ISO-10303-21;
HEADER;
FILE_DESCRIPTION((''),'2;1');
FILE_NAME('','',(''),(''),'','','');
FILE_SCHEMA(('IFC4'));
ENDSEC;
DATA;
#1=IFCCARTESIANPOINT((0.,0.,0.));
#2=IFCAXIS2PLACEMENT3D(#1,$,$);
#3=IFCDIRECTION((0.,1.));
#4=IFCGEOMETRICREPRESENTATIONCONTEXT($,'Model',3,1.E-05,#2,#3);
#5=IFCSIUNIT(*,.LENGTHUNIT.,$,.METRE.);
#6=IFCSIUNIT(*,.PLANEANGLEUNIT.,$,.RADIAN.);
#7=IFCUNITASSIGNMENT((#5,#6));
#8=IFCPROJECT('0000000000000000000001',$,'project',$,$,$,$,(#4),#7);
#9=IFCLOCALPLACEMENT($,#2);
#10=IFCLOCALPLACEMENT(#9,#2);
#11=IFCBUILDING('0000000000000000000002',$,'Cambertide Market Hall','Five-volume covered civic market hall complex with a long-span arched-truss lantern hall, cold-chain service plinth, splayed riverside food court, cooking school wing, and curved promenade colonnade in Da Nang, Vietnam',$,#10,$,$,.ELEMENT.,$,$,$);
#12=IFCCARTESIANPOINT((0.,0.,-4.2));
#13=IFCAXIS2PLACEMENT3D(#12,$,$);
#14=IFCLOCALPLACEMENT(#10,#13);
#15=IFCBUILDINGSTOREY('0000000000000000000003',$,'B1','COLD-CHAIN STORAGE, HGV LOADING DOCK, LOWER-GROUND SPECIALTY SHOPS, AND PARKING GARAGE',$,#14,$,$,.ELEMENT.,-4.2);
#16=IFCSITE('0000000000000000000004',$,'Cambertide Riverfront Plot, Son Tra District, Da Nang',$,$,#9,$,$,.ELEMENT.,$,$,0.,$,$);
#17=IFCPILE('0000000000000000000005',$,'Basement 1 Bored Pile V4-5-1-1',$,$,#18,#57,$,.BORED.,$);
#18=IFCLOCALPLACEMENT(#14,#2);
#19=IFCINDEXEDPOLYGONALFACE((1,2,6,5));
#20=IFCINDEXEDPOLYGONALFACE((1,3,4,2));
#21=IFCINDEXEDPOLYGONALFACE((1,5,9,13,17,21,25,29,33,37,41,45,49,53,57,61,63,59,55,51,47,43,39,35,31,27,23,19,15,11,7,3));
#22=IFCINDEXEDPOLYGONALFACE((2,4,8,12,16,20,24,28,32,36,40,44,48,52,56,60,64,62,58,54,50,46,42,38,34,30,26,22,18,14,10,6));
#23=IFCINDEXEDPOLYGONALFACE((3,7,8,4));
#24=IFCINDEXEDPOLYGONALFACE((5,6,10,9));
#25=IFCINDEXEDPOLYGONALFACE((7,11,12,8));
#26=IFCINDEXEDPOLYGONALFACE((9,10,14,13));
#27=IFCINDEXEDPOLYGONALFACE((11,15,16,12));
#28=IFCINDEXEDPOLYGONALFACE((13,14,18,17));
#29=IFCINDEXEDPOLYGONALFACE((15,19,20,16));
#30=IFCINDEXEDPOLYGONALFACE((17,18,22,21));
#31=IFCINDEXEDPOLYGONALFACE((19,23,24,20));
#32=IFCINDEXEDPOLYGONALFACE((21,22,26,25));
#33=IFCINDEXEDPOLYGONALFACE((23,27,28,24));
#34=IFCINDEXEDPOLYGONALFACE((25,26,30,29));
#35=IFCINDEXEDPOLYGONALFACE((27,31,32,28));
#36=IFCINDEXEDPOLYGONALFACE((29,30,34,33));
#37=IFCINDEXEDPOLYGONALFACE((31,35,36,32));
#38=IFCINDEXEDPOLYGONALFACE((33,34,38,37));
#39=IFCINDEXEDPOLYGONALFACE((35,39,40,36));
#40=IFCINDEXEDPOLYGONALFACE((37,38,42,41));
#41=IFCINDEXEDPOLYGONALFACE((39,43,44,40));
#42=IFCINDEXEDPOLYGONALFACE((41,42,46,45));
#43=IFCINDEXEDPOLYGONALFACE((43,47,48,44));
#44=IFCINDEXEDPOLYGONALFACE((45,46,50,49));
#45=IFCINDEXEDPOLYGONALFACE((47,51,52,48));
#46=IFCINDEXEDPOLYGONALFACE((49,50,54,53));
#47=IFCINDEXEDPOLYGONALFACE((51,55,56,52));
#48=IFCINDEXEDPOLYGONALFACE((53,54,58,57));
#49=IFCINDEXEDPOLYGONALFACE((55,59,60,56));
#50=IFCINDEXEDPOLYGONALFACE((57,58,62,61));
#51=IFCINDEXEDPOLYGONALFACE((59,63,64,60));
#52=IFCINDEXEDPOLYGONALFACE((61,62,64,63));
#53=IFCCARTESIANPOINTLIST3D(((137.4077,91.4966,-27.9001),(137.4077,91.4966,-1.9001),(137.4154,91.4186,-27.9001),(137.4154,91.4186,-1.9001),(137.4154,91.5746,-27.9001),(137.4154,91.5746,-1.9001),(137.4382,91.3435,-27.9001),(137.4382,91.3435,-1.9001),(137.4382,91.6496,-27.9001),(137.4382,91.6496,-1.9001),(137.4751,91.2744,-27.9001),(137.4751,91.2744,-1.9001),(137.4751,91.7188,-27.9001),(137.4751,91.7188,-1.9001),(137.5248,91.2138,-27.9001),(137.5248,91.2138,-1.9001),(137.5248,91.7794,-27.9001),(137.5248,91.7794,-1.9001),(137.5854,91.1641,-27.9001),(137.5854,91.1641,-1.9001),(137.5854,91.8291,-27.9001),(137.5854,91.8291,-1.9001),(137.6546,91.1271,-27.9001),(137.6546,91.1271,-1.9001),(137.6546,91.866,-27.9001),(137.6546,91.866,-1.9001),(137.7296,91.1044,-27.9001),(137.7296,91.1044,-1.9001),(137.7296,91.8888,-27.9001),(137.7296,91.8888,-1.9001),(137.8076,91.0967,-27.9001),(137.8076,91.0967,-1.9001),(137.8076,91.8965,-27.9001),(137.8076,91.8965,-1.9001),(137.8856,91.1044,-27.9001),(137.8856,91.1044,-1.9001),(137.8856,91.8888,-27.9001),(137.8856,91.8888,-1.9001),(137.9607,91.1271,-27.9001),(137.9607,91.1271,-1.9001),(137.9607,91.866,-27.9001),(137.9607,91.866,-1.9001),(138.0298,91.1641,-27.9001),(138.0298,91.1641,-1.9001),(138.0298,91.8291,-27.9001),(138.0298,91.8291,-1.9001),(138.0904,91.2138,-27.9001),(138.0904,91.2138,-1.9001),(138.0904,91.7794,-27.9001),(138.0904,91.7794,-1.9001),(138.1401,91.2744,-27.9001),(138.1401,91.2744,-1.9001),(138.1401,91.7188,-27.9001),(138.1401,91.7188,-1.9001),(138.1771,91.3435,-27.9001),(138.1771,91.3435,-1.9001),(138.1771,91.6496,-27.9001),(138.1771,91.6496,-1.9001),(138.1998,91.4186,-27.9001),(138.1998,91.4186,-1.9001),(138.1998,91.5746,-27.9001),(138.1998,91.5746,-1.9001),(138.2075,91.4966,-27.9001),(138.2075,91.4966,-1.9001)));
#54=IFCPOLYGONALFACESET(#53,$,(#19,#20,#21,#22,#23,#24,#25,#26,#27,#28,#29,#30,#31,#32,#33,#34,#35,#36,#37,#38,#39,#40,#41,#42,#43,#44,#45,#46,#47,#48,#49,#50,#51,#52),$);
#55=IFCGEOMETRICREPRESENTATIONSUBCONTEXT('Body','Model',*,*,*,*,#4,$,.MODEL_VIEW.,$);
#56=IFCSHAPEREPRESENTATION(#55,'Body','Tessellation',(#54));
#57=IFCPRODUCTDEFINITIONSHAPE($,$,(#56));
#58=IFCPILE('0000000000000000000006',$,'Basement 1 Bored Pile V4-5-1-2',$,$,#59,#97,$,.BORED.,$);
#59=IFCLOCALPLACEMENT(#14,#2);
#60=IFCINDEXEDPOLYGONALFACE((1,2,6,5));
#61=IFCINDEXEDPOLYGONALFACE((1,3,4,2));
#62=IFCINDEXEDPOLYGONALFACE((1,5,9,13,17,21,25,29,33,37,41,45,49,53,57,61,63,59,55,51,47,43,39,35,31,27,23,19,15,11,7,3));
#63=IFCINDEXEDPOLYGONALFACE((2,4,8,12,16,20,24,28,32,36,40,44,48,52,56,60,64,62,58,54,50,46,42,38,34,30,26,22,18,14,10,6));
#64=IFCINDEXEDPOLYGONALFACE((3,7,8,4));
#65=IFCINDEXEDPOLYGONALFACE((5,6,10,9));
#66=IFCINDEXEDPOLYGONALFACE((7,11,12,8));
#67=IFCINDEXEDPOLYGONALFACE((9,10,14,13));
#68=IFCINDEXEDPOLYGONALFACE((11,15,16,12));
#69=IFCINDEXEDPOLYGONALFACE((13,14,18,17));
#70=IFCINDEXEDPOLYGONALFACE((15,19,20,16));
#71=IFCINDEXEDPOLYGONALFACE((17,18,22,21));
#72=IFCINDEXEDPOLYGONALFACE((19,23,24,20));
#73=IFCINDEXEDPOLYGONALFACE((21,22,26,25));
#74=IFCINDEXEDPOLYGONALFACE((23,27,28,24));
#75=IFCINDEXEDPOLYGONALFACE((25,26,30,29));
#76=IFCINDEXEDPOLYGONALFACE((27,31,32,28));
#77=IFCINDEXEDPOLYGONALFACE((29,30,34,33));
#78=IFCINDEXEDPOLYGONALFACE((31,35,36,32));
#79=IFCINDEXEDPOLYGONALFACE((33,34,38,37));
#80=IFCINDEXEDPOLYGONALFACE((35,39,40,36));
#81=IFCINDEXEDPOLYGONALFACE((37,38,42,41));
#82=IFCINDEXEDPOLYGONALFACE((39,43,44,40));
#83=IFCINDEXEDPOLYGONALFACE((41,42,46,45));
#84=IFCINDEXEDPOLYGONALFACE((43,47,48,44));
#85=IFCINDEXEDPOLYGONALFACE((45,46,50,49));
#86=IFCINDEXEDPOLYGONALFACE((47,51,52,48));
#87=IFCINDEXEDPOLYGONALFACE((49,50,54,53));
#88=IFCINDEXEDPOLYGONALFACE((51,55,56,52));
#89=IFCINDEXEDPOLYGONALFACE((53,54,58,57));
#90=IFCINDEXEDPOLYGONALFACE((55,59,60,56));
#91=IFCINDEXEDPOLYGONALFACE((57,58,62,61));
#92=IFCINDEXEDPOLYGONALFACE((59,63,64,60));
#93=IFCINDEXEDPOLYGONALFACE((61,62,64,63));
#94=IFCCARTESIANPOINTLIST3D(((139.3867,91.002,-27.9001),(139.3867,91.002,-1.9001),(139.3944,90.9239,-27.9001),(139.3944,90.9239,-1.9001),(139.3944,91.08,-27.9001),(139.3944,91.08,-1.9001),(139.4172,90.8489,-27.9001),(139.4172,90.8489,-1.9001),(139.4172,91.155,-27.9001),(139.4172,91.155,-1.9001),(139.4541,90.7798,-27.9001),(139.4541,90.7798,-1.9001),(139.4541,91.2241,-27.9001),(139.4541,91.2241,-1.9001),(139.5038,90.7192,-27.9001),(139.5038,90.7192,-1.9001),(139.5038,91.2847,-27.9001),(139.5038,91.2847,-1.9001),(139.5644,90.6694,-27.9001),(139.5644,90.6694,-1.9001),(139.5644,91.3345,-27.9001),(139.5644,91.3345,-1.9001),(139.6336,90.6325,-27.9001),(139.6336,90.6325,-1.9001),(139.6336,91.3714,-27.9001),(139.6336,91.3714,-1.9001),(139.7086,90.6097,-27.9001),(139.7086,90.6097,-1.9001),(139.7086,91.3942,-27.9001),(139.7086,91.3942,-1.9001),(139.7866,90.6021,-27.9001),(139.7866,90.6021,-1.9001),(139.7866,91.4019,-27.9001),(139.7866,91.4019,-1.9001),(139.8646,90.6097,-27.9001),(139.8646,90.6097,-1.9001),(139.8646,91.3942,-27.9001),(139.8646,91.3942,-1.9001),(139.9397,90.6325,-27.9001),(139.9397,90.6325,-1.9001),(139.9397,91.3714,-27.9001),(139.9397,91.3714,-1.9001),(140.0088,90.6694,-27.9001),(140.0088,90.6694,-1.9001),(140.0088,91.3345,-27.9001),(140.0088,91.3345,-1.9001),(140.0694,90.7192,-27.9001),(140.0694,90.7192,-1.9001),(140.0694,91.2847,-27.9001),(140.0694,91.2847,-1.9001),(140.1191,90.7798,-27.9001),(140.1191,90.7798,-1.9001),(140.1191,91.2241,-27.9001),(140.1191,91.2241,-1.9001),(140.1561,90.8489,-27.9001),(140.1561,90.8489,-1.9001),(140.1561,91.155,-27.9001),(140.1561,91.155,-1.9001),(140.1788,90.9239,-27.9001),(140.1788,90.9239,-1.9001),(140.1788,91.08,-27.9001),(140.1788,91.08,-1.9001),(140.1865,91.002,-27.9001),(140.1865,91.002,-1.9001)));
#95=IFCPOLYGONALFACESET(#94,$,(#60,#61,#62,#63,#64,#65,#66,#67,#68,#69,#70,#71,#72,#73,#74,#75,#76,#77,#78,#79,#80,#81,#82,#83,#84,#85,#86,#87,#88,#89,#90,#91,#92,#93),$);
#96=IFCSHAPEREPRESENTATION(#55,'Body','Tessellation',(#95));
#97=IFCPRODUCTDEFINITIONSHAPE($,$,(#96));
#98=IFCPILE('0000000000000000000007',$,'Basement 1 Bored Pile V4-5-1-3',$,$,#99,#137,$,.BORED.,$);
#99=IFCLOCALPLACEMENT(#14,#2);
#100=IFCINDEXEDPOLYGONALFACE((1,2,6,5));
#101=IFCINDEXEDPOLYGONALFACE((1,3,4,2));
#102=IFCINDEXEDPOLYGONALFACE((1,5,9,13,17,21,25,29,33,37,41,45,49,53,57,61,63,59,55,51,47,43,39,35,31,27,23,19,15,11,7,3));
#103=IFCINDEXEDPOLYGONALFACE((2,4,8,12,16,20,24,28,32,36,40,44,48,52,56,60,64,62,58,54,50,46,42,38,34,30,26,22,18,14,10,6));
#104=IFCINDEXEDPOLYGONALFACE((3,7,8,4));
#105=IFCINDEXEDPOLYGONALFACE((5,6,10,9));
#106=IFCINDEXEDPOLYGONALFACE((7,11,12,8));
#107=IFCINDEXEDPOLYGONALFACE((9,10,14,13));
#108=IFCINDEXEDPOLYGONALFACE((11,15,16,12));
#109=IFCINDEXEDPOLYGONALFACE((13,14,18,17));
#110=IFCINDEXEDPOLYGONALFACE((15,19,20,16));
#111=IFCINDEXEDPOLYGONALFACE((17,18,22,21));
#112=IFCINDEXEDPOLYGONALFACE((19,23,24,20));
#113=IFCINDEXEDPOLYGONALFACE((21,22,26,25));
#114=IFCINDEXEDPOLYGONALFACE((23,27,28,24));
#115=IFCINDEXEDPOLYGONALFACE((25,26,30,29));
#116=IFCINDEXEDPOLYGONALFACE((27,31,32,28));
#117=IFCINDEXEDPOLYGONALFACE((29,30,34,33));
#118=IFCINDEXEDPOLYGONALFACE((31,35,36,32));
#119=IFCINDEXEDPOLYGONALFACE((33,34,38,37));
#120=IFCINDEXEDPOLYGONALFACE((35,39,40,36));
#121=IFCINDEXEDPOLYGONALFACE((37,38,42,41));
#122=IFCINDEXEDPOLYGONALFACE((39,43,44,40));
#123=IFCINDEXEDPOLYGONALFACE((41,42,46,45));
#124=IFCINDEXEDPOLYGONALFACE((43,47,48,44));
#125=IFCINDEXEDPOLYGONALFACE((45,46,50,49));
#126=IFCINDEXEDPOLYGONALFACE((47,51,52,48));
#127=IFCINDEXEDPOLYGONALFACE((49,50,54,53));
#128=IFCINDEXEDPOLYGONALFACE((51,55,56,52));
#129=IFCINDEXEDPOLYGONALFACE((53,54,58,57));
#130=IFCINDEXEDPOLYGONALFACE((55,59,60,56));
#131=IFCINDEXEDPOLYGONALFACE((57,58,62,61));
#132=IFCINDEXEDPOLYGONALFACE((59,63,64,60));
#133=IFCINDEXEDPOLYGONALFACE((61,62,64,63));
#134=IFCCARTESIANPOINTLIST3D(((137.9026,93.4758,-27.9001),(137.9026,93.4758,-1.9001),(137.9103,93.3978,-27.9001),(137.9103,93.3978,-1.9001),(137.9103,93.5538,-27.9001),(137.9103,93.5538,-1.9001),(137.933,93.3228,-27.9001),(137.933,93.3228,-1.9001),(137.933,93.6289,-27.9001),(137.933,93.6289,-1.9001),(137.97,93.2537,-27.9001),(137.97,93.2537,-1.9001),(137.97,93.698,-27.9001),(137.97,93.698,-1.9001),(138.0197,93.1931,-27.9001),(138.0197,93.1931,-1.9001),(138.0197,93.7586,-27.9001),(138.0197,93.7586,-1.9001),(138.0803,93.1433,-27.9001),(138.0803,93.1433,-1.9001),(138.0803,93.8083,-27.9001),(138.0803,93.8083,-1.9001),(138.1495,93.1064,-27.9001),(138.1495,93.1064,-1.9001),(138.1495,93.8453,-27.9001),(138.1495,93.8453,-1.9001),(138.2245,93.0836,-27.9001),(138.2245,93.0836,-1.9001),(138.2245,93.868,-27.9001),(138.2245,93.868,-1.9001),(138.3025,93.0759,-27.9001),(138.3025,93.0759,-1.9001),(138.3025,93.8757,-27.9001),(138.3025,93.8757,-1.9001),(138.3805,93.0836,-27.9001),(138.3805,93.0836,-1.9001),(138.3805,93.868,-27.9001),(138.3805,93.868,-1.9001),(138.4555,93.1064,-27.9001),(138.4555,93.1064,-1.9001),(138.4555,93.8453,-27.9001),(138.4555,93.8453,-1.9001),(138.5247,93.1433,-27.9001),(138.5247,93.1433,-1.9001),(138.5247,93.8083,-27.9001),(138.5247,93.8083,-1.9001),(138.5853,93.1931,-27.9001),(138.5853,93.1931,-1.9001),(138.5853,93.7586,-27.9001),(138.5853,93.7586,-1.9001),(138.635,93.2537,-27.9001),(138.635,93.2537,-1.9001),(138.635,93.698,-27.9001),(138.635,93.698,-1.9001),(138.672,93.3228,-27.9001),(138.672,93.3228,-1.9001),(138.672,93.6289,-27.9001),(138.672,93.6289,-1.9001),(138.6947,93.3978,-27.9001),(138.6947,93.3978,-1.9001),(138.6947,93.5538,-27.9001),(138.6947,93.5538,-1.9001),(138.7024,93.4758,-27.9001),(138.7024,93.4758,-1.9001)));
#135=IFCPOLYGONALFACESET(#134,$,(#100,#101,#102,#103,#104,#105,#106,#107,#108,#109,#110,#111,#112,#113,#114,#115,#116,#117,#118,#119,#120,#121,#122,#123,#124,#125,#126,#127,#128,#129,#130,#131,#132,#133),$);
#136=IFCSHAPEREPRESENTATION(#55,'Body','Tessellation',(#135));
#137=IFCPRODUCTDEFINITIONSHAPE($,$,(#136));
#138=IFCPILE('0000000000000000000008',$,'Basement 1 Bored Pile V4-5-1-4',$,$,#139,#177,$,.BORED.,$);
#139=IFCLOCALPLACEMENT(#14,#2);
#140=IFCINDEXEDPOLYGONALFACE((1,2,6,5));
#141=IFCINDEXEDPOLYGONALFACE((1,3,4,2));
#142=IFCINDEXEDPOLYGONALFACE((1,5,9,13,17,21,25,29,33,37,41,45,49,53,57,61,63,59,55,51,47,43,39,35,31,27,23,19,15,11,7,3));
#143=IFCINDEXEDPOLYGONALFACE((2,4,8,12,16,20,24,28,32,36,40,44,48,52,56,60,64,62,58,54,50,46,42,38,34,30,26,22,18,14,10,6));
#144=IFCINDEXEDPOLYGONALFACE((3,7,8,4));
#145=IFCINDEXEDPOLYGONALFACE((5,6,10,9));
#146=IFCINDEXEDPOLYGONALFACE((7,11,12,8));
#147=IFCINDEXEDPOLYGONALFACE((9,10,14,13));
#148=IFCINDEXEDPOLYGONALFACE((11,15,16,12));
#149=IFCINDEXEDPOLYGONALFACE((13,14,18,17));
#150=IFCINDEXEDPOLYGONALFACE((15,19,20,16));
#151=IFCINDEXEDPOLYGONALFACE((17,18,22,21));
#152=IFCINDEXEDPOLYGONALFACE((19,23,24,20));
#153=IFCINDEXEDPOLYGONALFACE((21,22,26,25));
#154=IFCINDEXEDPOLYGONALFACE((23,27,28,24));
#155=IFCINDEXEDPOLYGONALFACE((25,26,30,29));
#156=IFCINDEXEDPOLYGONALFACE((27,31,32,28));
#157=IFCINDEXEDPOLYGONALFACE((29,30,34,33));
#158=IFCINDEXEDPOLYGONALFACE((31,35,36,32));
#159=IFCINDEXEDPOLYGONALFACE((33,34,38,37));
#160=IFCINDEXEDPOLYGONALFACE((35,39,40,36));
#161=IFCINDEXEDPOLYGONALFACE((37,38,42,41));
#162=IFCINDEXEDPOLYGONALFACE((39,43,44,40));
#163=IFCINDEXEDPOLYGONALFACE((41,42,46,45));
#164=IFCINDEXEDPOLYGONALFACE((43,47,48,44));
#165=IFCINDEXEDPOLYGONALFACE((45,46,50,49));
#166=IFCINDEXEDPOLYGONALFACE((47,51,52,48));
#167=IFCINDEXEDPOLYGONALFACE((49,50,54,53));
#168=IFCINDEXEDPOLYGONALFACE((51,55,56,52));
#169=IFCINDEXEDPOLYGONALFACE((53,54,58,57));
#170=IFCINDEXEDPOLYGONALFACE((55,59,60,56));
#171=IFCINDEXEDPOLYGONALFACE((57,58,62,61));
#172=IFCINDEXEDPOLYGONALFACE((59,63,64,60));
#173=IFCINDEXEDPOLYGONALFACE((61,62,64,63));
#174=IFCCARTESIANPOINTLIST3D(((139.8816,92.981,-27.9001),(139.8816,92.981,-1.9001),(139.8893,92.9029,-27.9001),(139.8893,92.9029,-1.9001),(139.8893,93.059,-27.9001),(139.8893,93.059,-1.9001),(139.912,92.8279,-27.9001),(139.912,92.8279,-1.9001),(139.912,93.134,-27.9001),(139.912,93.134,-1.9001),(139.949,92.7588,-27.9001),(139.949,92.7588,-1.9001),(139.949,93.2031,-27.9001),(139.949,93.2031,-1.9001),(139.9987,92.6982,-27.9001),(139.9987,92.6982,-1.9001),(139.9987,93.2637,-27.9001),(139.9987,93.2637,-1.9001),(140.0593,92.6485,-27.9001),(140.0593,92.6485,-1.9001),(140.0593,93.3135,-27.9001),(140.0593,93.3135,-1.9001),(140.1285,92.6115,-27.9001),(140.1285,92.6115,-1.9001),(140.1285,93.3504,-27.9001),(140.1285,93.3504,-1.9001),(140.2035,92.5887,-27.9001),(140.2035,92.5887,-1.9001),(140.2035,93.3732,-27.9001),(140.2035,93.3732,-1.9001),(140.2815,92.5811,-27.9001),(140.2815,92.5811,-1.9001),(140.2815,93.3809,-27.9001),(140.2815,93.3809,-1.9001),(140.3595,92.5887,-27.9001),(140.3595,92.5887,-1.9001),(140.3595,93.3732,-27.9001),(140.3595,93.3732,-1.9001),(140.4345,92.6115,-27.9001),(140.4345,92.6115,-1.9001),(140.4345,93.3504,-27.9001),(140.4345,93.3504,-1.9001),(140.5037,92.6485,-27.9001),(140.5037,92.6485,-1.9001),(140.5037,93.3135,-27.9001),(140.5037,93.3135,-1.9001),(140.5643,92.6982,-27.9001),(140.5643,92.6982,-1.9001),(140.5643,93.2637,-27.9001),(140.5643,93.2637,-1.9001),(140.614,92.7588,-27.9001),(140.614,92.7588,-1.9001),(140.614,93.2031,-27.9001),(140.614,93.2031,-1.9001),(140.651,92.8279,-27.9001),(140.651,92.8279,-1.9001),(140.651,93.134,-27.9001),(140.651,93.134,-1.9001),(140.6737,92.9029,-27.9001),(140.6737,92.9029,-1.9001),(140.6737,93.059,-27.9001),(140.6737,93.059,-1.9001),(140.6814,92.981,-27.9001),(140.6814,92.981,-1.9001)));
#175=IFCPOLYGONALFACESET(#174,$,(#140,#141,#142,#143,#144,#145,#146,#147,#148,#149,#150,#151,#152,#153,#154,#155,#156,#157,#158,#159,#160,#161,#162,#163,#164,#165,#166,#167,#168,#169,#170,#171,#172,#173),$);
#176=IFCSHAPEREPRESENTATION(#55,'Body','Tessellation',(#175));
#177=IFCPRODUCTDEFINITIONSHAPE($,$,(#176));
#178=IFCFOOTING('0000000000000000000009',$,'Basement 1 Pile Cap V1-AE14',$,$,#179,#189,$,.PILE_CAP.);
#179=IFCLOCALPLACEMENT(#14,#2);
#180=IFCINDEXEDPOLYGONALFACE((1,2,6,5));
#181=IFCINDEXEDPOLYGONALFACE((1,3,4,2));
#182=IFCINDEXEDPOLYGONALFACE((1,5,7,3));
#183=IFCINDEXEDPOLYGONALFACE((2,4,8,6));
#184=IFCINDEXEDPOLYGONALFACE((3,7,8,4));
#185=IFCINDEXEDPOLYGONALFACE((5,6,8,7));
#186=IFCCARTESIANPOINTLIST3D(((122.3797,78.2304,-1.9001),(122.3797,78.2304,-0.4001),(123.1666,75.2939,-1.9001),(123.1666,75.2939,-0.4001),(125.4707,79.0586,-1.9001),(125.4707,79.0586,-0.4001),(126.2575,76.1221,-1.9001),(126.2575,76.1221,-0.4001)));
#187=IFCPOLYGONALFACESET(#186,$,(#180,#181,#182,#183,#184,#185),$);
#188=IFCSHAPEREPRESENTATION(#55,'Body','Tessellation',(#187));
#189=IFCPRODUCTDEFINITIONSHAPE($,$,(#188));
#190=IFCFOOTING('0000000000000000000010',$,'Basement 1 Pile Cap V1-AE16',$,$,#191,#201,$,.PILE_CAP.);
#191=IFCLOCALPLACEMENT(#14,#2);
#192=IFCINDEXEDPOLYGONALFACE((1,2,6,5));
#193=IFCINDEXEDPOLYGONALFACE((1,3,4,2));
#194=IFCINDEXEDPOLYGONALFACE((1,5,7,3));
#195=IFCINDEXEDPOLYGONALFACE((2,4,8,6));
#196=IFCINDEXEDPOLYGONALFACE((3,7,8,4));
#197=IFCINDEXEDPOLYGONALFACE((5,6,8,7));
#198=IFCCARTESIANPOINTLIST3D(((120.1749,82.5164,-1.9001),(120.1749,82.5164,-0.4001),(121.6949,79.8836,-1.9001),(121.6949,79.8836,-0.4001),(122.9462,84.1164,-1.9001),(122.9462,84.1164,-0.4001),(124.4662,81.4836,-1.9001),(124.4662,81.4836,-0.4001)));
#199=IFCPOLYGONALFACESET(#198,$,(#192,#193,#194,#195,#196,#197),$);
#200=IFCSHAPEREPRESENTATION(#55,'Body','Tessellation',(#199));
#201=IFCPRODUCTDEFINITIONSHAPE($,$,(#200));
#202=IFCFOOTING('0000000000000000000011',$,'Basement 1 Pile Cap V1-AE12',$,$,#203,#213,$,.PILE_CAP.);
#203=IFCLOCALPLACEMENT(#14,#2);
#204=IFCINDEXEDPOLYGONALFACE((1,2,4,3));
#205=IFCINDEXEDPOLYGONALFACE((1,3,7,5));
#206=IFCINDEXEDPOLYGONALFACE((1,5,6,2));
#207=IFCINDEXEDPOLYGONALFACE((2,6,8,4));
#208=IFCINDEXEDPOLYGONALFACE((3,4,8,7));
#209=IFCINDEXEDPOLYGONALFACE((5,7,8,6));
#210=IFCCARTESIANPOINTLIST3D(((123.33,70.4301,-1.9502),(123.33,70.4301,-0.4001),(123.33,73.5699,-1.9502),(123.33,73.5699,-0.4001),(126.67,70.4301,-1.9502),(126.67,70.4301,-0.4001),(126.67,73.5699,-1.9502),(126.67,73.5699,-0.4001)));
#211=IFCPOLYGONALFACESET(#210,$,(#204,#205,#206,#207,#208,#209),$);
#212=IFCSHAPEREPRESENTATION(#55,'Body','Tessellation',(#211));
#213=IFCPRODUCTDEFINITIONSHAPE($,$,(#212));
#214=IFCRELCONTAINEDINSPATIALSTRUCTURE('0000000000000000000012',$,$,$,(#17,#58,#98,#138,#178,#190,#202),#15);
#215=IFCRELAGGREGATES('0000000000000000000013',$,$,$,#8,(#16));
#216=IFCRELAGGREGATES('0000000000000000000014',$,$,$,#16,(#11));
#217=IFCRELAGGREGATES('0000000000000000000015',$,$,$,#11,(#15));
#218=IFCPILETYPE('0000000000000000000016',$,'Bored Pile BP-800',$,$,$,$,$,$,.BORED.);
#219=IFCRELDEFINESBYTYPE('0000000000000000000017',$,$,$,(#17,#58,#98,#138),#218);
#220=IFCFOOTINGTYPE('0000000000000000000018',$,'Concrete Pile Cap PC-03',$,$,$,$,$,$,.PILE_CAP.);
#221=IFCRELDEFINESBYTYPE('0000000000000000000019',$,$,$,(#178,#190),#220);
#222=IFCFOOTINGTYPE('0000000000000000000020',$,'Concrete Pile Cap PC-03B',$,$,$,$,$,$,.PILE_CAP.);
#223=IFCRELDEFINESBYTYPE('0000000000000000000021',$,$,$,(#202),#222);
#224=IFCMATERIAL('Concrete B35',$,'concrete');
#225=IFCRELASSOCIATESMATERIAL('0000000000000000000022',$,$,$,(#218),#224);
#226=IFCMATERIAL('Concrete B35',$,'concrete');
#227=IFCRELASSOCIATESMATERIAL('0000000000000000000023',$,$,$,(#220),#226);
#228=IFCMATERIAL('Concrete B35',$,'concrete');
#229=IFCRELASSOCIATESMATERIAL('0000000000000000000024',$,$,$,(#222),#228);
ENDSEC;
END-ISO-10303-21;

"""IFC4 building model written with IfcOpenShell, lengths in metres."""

from ifc_helpers import new_model, si_unit, direction, frame, origin, origin_2d, place, context, subcontext, project, spatial, rectangle, circle, extrude, material, material_profile, profile_set, type_object, element, save


model = new_model("IFC4")

# Units and contexts
model_context = context("Model", 3, precision=1e-05, world=origin(), true_north=direction((0.0, 1.0)))
body_context = subcontext(model_context, "Body", "Model", "MODEL_VIEW")
ifc_project = project(units=[si_unit("LENGTHUNIT", "METRE"), si_unit("PLANEANGLEUNIT", "RADIAN")], contexts=[model_context])

# Site, building, storey
site_placement = place(None, origin())
site = spatial("IfcSite", under=ifc_project, at=site_placement, Name="Cambertide Riverfront Plot, Son Tra District, Da Nang", CompositionType="ELEMENT", RefElevation=0.0)
building_placement = place(site_placement, origin())
building = spatial("IfcBuilding", under=site, at=building_placement, Name="Cambertide Market Hall", Description="Five-volume covered civic market hall complex with a long-span arched-truss lantern hall, cold-chain service plinth, splayed riverside food court, cooking school wing, and curved promenade colonnade in Da Nang, Vietnam", CompositionType="ELEMENT")
storey_placement = place(building_placement, frame((0.0, 0.0, -4.2)))
storey = spatial("IfcBuildingStorey", under=building, at=storey_placement, Name="B1", Description="COLD-CHAIN STORAGE, HGV LOADING DOCK, LOWER-GROUND SPECIALTY SHOPS, AND PARKING GARAGE", CompositionType="ELEMENT", Elevation=-4.2)

# Piles
ifc_material_1 = material(Name="Concrete B35", Category="concrete")
ifc_material_profile_1 = material_profile(ifc_material_1, circle(Radius=0.3999, at=origin_2d()), Name="BP D800")
ifc_profile_set_1 = profile_set([ifc_material_profile_1], Name="Concrete B35")
pile_type = type_object("IfcPileType", Name="Bored Pile BP-800", PredefinedType="BORED", material=ifc_profile_set_1)
for number, where, z_axis, x_axis, name in (
    (1, (137.8076, 91.4966, -1.9001), (0.0, 0.0, -1.0), (1.0, 0.0, 0.0), "Basement 1 Bored Pile V4-5-1-1"),
    (2, (139.7866, 91.002, -1.9001), (0.0, 0.0, -1.0), (1.0, 0.0, 0.0), "Basement 1 Bored Pile V4-5-1-2"),
    (3, (138.3025, 93.4758, -1.9001), (0.0, 0.0, -1.0), (1.0, 0.0, 0.0), "Basement 1 Bored Pile V4-5-1-3"),
    (4, (140.2815, 92.981, -1.9001), (0.0, 0.0, -1.0), (1.0, 0.0, 0.0), "Basement 1 Bored Pile V4-5-1-4"),
):
    element("IfcPile", number, at=place(storey_placement, frame(where, z_axis=z_axis, x_axis=x_axis)), inside=storey, type_object=pile_type, Name=name, PredefinedType="BORED", context=body_context, shape_type="SweptSolid", body=[
        extrude(circle(Radius=0.3999, at=origin_2d()), origin(), (0.0, 0.0, 1.0), 26.0),
    ])

# Footings
ifc_material_2 = material(Name="Concrete B35", Category="concrete")
footing_type_1 = type_object("IfcFootingType", Name="Concrete Pile Cap PC-03", PredefinedType="PILE_CAP", material=ifc_material_2)
for number, where, z_axis, x_axis, name in (
    (5, (124.3186, 77.1763, -1.9001), (0.0, 0.0, 1.0), (0.965926, 0.258819, 0.0), "Basement 1 Pile Cap V1-AE14"),
    (6, (122.3206, 82.0, -1.9001), (0.0, 0.0, 1.0), (0.866025, 0.5, 0.0), "Basement 1 Pile Cap V1-AE16"),
):
    element("IfcFooting", number, at=place(storey_placement, frame(where, z_axis=z_axis, x_axis=x_axis)), inside=storey, type_object=footing_type_1, Name=name, PredefinedType="PILE_CAP", context=body_context, shape_type="SweptSolid", body=[
        extrude(rectangle(XDim=3.2, YDim=3.04, at=origin_2d()), origin(), (0.0, 0.0, 1.0), 1.5),
    ])
ifc_material_3 = material(Name="Concrete B35", Category="concrete")
footing_type_2 = type_object("IfcFootingType", Name="Concrete Pile Cap PC-03B", PredefinedType="PILE_CAP", material=ifc_material_3)
footing_1_placement = place(storey_placement, frame((125.0, 72.0, -1.9502), z_axis=(0.0, 0.0, 1.0), x_axis=(1.0, 0.0, 0.0)))
element("IfcFooting", 7, at=footing_1_placement, inside=storey, type_object=footing_type_2, Name="Basement 1 Pile Cap V1-AE12", PredefinedType="PILE_CAP", context=body_context, shape_type="SweptSolid", body=[
    extrude(rectangle(XDim=3.3401, YDim=3.1399, at=origin_2d()), origin(), (0.0, 0.0, 1.0), 1.55),
])

save(model, "model.ifc")
